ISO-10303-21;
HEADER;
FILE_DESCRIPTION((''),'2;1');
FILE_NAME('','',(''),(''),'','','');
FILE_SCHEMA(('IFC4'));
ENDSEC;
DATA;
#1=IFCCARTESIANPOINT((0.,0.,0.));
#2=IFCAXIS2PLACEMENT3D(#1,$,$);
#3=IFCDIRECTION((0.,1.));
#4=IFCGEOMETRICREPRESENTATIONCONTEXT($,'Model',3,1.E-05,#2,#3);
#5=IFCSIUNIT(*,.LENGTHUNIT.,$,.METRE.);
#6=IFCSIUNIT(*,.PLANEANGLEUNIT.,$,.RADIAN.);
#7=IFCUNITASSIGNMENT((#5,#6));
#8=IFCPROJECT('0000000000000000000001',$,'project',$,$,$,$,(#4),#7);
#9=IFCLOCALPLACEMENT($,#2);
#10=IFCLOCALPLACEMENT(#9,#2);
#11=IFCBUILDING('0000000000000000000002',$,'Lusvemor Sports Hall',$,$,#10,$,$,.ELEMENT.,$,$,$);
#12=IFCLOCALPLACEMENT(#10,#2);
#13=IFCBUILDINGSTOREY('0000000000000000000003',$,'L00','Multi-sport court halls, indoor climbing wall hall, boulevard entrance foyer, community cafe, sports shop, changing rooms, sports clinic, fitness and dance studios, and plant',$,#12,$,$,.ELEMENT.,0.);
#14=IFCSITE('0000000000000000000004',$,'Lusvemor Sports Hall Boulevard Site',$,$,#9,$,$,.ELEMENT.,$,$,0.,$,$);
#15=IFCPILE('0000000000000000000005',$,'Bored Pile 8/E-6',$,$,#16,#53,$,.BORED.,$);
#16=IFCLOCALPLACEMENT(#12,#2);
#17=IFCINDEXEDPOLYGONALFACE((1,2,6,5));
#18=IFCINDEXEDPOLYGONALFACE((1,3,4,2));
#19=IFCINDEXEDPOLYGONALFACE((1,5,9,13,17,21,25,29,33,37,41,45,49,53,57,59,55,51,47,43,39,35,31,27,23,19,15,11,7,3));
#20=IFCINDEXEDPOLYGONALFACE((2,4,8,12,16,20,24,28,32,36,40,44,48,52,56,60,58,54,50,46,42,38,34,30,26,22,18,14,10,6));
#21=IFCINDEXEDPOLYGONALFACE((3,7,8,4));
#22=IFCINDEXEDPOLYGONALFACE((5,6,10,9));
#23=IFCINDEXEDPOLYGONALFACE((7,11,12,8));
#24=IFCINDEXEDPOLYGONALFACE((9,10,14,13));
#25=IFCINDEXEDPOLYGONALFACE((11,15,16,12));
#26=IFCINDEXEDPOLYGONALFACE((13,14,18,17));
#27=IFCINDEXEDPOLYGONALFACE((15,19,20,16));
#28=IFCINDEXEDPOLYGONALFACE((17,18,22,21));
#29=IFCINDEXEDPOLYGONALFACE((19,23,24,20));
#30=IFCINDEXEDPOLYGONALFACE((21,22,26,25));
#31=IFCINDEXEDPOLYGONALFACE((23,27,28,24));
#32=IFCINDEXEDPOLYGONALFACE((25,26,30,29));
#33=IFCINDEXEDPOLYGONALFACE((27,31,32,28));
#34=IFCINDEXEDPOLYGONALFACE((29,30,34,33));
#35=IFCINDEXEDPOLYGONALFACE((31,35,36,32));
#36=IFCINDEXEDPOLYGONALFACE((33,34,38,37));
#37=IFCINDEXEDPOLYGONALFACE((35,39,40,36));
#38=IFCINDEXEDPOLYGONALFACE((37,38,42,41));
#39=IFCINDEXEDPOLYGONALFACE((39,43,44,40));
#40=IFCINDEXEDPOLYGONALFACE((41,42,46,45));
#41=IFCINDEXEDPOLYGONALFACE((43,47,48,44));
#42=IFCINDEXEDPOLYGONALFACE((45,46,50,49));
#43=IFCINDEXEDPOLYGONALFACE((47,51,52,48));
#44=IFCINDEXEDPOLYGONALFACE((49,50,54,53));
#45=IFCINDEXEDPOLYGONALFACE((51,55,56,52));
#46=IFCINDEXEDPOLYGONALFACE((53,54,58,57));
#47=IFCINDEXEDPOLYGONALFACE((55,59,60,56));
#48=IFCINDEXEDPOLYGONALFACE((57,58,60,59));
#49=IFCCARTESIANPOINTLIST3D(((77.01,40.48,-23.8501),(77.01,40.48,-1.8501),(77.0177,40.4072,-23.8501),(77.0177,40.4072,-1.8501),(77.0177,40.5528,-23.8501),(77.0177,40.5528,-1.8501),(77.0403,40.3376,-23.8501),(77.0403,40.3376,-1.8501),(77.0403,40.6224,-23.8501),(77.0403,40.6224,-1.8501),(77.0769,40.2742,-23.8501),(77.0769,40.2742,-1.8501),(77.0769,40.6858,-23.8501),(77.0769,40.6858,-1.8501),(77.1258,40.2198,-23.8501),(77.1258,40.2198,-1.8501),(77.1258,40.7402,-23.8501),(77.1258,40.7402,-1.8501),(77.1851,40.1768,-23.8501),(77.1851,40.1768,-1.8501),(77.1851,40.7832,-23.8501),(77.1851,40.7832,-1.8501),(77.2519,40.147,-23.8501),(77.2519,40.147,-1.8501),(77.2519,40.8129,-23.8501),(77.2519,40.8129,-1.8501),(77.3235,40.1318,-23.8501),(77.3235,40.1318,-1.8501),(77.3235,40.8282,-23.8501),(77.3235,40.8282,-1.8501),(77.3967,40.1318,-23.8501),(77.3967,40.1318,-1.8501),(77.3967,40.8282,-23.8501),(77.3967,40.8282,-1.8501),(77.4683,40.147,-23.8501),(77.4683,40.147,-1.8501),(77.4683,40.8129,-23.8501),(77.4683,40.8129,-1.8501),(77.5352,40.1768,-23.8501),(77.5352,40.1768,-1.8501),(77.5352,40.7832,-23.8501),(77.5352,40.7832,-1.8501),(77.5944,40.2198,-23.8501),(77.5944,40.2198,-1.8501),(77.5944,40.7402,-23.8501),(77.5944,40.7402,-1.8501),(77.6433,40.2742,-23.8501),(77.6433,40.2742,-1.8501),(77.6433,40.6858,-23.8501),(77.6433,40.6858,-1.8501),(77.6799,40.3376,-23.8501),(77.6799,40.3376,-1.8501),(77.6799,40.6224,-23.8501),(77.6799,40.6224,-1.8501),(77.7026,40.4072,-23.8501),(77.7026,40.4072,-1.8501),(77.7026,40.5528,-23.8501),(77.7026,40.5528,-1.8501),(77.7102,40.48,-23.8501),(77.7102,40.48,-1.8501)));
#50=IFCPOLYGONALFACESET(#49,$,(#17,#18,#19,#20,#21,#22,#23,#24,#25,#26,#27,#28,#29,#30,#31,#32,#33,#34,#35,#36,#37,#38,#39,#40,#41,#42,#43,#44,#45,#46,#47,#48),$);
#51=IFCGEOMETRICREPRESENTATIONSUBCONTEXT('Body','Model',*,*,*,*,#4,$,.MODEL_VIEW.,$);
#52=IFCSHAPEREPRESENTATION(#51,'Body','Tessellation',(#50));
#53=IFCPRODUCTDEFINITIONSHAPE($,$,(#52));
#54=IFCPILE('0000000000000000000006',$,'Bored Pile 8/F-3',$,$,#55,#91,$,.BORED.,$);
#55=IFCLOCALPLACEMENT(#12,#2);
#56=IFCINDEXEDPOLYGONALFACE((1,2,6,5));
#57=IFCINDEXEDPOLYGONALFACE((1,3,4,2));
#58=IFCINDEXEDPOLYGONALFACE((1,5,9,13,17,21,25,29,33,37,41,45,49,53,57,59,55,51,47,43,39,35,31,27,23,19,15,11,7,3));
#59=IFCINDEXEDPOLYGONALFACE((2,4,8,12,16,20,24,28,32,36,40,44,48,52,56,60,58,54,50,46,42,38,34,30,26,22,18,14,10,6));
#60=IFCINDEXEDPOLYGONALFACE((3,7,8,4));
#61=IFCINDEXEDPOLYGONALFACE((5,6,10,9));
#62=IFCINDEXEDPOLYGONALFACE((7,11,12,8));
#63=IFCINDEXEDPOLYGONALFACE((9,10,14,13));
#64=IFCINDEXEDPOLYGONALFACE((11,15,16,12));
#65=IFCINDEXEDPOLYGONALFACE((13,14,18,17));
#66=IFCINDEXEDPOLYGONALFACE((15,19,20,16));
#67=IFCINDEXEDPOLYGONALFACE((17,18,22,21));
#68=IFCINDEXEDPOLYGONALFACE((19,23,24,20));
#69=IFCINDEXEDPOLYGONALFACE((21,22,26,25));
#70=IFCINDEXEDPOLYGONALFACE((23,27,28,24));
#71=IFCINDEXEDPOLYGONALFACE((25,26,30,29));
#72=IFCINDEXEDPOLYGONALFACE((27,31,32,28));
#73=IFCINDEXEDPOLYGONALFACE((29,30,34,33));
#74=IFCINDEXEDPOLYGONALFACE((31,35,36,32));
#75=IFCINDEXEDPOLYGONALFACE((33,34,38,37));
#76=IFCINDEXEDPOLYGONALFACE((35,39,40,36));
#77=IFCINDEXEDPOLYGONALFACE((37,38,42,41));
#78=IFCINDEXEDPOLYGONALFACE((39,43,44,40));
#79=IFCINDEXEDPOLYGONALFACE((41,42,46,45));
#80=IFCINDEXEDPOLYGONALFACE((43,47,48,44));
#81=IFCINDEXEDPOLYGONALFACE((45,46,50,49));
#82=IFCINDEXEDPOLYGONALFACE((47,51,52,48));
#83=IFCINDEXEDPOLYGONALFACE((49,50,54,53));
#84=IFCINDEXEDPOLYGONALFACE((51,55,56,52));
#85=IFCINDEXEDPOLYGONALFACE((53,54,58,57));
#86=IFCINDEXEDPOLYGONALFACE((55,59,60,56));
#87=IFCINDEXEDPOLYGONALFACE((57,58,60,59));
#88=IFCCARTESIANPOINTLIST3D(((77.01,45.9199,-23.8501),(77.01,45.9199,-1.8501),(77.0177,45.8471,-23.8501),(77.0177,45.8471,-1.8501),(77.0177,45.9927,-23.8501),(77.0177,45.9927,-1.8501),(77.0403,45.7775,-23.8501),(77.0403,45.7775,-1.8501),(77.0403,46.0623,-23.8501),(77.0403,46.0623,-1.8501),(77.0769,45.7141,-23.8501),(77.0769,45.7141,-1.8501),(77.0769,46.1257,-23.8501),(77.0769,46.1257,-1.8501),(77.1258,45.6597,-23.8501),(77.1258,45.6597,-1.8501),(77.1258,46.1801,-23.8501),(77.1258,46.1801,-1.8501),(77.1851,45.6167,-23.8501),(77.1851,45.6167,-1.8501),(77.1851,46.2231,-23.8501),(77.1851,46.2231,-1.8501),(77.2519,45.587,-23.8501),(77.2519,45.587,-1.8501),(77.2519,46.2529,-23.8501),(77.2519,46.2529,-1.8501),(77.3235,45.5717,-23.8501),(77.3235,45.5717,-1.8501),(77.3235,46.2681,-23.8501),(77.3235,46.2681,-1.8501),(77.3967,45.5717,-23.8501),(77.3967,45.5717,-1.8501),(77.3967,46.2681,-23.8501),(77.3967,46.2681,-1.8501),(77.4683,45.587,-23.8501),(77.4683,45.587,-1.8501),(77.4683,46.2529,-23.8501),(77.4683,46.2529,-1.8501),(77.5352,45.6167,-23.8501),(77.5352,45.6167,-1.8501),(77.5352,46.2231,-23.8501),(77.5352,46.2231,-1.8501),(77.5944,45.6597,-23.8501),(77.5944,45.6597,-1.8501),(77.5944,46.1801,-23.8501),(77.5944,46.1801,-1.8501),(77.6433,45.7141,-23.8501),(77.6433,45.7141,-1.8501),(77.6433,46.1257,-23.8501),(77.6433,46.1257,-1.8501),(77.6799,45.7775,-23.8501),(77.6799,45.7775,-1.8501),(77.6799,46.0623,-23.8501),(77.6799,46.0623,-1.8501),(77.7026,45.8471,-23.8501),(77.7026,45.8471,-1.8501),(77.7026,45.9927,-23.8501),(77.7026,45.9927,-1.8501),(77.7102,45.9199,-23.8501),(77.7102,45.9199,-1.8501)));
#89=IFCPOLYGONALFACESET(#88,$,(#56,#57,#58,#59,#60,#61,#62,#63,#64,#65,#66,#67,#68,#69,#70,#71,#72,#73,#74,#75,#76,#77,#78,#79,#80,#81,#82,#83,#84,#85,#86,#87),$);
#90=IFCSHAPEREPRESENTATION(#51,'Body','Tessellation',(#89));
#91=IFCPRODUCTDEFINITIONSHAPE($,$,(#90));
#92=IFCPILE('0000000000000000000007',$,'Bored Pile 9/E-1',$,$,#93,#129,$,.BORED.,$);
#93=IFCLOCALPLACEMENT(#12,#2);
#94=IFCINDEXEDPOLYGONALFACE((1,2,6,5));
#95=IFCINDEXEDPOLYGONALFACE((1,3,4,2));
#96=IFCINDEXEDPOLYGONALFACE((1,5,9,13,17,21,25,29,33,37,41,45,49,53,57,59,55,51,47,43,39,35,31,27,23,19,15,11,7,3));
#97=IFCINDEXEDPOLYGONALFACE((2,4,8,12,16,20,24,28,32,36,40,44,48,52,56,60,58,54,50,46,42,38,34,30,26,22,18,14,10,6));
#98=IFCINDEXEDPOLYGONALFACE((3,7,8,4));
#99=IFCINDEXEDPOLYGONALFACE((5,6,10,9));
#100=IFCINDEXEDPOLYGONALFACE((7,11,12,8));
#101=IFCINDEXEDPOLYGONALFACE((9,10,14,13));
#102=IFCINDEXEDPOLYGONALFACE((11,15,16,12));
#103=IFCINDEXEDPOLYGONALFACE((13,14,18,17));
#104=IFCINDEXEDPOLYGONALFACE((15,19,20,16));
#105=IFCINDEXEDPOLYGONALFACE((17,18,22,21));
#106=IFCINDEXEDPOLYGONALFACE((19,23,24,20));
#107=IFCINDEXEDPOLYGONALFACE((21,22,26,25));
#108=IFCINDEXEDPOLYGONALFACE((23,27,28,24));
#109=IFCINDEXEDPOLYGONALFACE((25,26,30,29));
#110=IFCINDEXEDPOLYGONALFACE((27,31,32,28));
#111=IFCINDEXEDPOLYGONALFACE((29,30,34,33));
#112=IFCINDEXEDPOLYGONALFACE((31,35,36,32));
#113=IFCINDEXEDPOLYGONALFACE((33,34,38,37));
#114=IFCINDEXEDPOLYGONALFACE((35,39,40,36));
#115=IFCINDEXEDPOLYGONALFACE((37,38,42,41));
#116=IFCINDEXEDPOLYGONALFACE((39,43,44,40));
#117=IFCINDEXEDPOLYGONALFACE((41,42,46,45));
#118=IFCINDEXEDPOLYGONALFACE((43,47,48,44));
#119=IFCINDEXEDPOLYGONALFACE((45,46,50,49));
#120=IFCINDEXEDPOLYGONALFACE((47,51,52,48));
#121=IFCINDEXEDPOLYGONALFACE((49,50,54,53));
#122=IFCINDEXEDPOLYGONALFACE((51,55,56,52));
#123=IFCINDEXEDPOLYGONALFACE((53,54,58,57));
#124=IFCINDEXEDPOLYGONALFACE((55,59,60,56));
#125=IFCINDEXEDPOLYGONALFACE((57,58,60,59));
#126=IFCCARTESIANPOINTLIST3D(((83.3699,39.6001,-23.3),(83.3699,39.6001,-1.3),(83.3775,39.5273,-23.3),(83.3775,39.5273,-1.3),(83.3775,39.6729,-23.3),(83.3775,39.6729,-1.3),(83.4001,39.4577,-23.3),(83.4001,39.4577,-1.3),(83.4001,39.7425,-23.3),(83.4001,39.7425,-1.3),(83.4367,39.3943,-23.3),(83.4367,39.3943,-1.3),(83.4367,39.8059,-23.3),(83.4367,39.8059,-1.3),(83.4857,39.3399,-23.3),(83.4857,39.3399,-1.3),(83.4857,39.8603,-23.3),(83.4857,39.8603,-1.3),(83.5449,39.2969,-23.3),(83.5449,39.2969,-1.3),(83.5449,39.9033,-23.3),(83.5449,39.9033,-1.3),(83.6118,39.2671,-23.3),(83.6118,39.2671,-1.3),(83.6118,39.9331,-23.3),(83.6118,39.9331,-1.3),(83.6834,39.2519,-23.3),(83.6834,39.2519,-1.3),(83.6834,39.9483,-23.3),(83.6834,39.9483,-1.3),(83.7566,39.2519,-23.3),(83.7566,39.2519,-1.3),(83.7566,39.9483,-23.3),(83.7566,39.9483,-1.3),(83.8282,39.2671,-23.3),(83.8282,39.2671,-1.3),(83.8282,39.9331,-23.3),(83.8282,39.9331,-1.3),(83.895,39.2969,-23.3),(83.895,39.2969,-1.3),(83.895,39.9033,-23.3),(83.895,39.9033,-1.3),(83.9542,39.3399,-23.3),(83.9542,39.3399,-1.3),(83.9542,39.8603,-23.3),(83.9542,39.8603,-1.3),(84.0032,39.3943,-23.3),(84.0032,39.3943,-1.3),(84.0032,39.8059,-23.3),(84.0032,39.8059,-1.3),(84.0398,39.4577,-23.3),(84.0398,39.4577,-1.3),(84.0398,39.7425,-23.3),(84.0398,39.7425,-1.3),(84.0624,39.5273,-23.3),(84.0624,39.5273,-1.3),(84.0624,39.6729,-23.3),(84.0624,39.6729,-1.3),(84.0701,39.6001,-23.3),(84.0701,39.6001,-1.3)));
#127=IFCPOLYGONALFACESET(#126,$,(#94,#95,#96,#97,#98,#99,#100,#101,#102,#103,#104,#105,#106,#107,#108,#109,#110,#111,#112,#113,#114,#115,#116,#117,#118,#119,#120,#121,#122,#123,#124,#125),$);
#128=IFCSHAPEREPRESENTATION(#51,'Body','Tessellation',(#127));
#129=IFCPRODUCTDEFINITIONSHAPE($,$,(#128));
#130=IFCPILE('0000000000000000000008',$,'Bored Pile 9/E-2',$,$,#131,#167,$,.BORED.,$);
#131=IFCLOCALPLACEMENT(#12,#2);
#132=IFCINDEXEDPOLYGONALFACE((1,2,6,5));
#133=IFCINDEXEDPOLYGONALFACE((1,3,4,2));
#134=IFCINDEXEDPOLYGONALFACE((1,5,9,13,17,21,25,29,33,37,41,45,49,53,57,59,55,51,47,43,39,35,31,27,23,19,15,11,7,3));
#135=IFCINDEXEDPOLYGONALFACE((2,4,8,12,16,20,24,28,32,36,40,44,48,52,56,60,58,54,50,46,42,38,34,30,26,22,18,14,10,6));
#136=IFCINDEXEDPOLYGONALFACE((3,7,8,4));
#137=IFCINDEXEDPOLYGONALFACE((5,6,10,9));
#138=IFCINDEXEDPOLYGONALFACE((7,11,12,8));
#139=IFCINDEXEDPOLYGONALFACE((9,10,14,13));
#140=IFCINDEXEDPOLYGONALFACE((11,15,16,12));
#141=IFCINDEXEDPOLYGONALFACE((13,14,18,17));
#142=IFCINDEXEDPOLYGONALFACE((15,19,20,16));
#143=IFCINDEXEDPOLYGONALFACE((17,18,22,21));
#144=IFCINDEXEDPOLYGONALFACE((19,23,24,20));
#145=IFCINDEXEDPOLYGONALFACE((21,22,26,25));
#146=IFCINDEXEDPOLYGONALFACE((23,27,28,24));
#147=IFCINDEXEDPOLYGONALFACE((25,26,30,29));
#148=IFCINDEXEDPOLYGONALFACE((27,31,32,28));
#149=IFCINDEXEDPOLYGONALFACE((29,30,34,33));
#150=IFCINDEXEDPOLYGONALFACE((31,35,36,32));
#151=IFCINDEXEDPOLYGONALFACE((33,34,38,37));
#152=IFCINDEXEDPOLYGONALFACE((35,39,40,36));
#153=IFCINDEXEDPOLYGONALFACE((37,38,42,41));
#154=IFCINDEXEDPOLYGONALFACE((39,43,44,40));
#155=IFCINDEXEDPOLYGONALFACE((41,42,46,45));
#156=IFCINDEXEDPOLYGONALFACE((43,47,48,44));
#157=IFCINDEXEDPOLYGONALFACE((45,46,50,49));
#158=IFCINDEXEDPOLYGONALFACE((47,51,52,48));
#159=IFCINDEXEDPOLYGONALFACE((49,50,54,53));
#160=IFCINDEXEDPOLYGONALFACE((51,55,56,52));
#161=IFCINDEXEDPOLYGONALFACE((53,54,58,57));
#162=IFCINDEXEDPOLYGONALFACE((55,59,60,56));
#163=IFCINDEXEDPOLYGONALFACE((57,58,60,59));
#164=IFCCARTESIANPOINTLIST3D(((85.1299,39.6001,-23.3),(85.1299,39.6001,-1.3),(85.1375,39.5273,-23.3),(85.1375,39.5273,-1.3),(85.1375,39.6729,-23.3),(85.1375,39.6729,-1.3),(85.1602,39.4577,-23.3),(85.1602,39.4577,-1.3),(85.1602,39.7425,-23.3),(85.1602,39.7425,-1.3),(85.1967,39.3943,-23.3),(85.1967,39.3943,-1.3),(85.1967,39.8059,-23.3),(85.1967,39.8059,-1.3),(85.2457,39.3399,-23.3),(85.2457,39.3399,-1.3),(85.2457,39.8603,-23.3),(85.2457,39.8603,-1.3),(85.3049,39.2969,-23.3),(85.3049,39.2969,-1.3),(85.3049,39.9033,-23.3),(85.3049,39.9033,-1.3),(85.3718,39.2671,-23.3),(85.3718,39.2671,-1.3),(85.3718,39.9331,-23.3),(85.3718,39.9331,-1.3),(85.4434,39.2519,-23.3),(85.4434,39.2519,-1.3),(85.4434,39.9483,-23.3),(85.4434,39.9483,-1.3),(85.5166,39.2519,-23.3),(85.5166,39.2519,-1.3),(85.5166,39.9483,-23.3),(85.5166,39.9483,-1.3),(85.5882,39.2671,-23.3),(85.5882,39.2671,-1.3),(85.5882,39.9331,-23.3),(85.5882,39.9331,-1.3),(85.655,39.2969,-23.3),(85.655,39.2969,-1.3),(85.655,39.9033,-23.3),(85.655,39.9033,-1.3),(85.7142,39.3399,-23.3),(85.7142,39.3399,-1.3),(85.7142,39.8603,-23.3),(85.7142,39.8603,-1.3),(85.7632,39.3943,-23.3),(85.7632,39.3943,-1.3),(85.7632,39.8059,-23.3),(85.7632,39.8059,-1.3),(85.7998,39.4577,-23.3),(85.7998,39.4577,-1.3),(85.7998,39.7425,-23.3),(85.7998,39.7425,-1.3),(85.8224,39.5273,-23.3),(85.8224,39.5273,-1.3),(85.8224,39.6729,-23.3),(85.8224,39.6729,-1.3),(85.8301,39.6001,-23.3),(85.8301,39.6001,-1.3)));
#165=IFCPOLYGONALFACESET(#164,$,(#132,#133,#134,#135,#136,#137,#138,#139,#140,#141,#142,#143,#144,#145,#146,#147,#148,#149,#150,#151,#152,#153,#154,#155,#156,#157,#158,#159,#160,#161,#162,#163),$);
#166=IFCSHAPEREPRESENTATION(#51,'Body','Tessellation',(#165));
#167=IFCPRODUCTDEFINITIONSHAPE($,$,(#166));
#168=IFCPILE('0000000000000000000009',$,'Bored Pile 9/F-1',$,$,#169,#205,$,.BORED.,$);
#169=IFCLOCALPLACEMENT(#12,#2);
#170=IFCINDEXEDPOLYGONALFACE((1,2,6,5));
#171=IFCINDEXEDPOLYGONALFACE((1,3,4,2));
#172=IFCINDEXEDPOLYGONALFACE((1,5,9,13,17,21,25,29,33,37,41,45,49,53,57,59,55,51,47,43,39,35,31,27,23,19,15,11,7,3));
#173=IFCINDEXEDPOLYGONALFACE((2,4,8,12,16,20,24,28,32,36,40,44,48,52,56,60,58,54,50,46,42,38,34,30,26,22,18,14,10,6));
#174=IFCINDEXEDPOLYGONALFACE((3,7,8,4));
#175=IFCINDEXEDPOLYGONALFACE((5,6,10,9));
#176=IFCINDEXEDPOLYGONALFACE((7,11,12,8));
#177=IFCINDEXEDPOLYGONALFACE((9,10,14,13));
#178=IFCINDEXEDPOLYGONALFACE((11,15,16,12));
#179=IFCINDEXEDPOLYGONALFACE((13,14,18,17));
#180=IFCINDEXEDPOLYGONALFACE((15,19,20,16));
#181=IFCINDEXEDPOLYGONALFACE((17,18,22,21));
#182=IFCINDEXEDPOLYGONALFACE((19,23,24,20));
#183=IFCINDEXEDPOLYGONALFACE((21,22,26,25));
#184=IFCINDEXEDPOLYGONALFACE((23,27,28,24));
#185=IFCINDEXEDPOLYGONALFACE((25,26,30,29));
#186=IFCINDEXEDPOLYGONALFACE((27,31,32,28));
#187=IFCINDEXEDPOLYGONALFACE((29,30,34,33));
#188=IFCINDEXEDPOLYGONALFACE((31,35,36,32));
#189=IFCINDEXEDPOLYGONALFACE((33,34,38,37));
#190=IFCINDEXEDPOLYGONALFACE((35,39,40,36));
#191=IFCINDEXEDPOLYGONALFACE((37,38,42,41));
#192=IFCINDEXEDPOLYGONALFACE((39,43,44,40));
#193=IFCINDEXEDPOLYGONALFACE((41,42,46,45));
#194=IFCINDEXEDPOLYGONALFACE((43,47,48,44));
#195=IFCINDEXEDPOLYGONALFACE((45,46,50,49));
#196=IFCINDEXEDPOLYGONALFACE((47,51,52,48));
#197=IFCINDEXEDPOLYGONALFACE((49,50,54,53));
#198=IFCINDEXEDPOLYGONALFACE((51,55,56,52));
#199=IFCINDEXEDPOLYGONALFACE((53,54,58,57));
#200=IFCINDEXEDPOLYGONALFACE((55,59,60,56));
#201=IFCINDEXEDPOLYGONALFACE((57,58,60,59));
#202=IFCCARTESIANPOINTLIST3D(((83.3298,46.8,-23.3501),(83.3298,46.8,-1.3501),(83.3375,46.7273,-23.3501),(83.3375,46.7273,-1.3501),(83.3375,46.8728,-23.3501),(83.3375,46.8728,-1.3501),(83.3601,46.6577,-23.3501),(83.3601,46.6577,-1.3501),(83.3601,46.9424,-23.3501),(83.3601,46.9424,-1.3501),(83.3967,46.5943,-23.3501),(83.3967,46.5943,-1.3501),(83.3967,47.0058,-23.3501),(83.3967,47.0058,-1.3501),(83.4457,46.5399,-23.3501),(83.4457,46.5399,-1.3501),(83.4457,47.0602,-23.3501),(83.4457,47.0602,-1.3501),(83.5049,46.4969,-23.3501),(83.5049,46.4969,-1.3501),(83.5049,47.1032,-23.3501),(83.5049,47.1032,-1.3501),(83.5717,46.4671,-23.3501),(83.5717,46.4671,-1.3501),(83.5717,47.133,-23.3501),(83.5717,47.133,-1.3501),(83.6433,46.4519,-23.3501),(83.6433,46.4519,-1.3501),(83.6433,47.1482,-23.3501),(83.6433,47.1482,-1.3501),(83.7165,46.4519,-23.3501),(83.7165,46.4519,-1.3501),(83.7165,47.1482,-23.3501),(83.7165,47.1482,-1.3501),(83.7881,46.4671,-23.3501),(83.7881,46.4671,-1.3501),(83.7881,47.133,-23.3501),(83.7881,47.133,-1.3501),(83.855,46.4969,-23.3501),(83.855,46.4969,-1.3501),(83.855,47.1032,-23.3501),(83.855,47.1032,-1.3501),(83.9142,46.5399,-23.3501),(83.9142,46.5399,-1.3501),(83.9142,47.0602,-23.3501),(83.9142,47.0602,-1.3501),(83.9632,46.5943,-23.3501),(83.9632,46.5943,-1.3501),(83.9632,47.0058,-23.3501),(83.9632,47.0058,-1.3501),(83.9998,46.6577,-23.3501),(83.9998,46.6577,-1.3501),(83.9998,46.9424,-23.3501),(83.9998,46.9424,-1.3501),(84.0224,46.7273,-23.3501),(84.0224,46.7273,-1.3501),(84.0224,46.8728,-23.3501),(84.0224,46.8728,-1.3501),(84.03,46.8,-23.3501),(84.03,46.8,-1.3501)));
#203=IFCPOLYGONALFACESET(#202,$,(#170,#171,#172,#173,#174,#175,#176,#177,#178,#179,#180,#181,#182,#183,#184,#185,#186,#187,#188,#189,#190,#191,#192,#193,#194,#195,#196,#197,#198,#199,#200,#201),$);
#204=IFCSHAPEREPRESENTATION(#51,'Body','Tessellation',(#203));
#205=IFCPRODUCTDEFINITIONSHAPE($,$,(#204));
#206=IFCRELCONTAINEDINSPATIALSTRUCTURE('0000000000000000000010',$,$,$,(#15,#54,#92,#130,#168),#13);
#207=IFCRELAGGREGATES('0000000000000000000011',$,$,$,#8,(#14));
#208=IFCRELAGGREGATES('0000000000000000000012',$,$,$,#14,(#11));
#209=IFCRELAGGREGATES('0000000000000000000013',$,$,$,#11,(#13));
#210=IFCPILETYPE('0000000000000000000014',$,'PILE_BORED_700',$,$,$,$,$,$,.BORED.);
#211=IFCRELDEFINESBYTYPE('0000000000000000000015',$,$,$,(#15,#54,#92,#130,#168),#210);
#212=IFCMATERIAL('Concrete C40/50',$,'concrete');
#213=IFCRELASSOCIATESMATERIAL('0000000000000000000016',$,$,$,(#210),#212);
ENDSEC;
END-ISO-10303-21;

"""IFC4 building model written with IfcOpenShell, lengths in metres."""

from ifc_helpers import new_model, si_unit, direction, frame, origin, origin_2d, place, context, subcontext, project, spatial, circle, extrude, material, material_profile, profile_set, type_object, element, save


model = new_model("IFC4")

# Units and contexts
model_context = context("Model", 3, precision=1e-05, world=origin(), true_north=direction((0.0, 1.0)))
body_context = subcontext(model_context, "Body", "Model", "MODEL_VIEW")
ifc_project = project(units=[si_unit("LENGTHUNIT", "METRE"), si_unit("PLANEANGLEUNIT", "RADIAN")], contexts=[model_context])

# Site, building, storey
site_placement = place(None, origin())
site = spatial("IfcSite", under=ifc_project, at=site_placement, Name="Lusvemor Sports Hall Boulevard Site", CompositionType="ELEMENT", RefElevation=0.0)
building_placement = place(site_placement, origin())
building = spatial("IfcBuilding", under=site, at=building_placement, Name="Lusvemor Sports Hall", CompositionType="ELEMENT")
storey_placement = place(building_placement, origin())
storey = spatial("IfcBuildingStorey", under=building, at=storey_placement, Name="L00", Description="Multi-sport court halls, indoor climbing wall hall, boulevard entrance foyer, community cafe, sports shop, changing rooms, sports clinic, fitness and dance studios, and plant", CompositionType="ELEMENT", Elevation=0.0)

# Piles
ifc_material_1 = material(Name="Concrete C40/50", Category="concrete")
ifc_material_profile_1 = material_profile(ifc_material_1, circle(Radius=0.3501, at=origin_2d()), Name="PILE700")
ifc_profile_set_1 = profile_set([ifc_material_profile_1], Name="Concrete C40/50")
pile_type = type_object("IfcPileType", Name="PILE_BORED_700", PredefinedType="BORED", material=ifc_profile_set_1)
for number, where, z_axis, x_axis, name in (
    (1, (77.3601, 40.48, -1.8501), (0.0, 0.0, -1.0), (1.0, 0.0, 0.0), "Bored Pile 8/E-6"),
    (2, (77.3601, 45.9199, -1.8501), (0.0, 0.0, -1.0), (1.0, 0.0, 0.0), "Bored Pile 8/F-3"),
    (3, (83.72, 39.6001, -1.3), (0.0, 0.0, -1.0), (1.0, 0.0, 0.0), "Bored Pile 9/E-1"),
    (4, (85.48, 39.6001, -1.3), (0.0, 0.0, -1.0), (1.0, 0.0, 0.0), "Bored Pile 9/E-2"),
    (5, (83.6799, 46.8, -1.3501), (0.0, 0.0, -1.0), (1.0, 0.0, 0.0), "Bored Pile 9/F-1"),
):
    element("IfcPile", number, at=place(storey_placement, frame(where, z_axis=z_axis, x_axis=x_axis)), inside=storey, type_object=pile_type, Name=name, PredefinedType="BORED", context=body_context, shape_type="SweptSolid", body=[
        extrude(circle(Radius=0.3501, at=origin_2d()), origin(), (0.0, 0.0, 1.0), 22.0),
    ])

save(model, "model.ifc")
